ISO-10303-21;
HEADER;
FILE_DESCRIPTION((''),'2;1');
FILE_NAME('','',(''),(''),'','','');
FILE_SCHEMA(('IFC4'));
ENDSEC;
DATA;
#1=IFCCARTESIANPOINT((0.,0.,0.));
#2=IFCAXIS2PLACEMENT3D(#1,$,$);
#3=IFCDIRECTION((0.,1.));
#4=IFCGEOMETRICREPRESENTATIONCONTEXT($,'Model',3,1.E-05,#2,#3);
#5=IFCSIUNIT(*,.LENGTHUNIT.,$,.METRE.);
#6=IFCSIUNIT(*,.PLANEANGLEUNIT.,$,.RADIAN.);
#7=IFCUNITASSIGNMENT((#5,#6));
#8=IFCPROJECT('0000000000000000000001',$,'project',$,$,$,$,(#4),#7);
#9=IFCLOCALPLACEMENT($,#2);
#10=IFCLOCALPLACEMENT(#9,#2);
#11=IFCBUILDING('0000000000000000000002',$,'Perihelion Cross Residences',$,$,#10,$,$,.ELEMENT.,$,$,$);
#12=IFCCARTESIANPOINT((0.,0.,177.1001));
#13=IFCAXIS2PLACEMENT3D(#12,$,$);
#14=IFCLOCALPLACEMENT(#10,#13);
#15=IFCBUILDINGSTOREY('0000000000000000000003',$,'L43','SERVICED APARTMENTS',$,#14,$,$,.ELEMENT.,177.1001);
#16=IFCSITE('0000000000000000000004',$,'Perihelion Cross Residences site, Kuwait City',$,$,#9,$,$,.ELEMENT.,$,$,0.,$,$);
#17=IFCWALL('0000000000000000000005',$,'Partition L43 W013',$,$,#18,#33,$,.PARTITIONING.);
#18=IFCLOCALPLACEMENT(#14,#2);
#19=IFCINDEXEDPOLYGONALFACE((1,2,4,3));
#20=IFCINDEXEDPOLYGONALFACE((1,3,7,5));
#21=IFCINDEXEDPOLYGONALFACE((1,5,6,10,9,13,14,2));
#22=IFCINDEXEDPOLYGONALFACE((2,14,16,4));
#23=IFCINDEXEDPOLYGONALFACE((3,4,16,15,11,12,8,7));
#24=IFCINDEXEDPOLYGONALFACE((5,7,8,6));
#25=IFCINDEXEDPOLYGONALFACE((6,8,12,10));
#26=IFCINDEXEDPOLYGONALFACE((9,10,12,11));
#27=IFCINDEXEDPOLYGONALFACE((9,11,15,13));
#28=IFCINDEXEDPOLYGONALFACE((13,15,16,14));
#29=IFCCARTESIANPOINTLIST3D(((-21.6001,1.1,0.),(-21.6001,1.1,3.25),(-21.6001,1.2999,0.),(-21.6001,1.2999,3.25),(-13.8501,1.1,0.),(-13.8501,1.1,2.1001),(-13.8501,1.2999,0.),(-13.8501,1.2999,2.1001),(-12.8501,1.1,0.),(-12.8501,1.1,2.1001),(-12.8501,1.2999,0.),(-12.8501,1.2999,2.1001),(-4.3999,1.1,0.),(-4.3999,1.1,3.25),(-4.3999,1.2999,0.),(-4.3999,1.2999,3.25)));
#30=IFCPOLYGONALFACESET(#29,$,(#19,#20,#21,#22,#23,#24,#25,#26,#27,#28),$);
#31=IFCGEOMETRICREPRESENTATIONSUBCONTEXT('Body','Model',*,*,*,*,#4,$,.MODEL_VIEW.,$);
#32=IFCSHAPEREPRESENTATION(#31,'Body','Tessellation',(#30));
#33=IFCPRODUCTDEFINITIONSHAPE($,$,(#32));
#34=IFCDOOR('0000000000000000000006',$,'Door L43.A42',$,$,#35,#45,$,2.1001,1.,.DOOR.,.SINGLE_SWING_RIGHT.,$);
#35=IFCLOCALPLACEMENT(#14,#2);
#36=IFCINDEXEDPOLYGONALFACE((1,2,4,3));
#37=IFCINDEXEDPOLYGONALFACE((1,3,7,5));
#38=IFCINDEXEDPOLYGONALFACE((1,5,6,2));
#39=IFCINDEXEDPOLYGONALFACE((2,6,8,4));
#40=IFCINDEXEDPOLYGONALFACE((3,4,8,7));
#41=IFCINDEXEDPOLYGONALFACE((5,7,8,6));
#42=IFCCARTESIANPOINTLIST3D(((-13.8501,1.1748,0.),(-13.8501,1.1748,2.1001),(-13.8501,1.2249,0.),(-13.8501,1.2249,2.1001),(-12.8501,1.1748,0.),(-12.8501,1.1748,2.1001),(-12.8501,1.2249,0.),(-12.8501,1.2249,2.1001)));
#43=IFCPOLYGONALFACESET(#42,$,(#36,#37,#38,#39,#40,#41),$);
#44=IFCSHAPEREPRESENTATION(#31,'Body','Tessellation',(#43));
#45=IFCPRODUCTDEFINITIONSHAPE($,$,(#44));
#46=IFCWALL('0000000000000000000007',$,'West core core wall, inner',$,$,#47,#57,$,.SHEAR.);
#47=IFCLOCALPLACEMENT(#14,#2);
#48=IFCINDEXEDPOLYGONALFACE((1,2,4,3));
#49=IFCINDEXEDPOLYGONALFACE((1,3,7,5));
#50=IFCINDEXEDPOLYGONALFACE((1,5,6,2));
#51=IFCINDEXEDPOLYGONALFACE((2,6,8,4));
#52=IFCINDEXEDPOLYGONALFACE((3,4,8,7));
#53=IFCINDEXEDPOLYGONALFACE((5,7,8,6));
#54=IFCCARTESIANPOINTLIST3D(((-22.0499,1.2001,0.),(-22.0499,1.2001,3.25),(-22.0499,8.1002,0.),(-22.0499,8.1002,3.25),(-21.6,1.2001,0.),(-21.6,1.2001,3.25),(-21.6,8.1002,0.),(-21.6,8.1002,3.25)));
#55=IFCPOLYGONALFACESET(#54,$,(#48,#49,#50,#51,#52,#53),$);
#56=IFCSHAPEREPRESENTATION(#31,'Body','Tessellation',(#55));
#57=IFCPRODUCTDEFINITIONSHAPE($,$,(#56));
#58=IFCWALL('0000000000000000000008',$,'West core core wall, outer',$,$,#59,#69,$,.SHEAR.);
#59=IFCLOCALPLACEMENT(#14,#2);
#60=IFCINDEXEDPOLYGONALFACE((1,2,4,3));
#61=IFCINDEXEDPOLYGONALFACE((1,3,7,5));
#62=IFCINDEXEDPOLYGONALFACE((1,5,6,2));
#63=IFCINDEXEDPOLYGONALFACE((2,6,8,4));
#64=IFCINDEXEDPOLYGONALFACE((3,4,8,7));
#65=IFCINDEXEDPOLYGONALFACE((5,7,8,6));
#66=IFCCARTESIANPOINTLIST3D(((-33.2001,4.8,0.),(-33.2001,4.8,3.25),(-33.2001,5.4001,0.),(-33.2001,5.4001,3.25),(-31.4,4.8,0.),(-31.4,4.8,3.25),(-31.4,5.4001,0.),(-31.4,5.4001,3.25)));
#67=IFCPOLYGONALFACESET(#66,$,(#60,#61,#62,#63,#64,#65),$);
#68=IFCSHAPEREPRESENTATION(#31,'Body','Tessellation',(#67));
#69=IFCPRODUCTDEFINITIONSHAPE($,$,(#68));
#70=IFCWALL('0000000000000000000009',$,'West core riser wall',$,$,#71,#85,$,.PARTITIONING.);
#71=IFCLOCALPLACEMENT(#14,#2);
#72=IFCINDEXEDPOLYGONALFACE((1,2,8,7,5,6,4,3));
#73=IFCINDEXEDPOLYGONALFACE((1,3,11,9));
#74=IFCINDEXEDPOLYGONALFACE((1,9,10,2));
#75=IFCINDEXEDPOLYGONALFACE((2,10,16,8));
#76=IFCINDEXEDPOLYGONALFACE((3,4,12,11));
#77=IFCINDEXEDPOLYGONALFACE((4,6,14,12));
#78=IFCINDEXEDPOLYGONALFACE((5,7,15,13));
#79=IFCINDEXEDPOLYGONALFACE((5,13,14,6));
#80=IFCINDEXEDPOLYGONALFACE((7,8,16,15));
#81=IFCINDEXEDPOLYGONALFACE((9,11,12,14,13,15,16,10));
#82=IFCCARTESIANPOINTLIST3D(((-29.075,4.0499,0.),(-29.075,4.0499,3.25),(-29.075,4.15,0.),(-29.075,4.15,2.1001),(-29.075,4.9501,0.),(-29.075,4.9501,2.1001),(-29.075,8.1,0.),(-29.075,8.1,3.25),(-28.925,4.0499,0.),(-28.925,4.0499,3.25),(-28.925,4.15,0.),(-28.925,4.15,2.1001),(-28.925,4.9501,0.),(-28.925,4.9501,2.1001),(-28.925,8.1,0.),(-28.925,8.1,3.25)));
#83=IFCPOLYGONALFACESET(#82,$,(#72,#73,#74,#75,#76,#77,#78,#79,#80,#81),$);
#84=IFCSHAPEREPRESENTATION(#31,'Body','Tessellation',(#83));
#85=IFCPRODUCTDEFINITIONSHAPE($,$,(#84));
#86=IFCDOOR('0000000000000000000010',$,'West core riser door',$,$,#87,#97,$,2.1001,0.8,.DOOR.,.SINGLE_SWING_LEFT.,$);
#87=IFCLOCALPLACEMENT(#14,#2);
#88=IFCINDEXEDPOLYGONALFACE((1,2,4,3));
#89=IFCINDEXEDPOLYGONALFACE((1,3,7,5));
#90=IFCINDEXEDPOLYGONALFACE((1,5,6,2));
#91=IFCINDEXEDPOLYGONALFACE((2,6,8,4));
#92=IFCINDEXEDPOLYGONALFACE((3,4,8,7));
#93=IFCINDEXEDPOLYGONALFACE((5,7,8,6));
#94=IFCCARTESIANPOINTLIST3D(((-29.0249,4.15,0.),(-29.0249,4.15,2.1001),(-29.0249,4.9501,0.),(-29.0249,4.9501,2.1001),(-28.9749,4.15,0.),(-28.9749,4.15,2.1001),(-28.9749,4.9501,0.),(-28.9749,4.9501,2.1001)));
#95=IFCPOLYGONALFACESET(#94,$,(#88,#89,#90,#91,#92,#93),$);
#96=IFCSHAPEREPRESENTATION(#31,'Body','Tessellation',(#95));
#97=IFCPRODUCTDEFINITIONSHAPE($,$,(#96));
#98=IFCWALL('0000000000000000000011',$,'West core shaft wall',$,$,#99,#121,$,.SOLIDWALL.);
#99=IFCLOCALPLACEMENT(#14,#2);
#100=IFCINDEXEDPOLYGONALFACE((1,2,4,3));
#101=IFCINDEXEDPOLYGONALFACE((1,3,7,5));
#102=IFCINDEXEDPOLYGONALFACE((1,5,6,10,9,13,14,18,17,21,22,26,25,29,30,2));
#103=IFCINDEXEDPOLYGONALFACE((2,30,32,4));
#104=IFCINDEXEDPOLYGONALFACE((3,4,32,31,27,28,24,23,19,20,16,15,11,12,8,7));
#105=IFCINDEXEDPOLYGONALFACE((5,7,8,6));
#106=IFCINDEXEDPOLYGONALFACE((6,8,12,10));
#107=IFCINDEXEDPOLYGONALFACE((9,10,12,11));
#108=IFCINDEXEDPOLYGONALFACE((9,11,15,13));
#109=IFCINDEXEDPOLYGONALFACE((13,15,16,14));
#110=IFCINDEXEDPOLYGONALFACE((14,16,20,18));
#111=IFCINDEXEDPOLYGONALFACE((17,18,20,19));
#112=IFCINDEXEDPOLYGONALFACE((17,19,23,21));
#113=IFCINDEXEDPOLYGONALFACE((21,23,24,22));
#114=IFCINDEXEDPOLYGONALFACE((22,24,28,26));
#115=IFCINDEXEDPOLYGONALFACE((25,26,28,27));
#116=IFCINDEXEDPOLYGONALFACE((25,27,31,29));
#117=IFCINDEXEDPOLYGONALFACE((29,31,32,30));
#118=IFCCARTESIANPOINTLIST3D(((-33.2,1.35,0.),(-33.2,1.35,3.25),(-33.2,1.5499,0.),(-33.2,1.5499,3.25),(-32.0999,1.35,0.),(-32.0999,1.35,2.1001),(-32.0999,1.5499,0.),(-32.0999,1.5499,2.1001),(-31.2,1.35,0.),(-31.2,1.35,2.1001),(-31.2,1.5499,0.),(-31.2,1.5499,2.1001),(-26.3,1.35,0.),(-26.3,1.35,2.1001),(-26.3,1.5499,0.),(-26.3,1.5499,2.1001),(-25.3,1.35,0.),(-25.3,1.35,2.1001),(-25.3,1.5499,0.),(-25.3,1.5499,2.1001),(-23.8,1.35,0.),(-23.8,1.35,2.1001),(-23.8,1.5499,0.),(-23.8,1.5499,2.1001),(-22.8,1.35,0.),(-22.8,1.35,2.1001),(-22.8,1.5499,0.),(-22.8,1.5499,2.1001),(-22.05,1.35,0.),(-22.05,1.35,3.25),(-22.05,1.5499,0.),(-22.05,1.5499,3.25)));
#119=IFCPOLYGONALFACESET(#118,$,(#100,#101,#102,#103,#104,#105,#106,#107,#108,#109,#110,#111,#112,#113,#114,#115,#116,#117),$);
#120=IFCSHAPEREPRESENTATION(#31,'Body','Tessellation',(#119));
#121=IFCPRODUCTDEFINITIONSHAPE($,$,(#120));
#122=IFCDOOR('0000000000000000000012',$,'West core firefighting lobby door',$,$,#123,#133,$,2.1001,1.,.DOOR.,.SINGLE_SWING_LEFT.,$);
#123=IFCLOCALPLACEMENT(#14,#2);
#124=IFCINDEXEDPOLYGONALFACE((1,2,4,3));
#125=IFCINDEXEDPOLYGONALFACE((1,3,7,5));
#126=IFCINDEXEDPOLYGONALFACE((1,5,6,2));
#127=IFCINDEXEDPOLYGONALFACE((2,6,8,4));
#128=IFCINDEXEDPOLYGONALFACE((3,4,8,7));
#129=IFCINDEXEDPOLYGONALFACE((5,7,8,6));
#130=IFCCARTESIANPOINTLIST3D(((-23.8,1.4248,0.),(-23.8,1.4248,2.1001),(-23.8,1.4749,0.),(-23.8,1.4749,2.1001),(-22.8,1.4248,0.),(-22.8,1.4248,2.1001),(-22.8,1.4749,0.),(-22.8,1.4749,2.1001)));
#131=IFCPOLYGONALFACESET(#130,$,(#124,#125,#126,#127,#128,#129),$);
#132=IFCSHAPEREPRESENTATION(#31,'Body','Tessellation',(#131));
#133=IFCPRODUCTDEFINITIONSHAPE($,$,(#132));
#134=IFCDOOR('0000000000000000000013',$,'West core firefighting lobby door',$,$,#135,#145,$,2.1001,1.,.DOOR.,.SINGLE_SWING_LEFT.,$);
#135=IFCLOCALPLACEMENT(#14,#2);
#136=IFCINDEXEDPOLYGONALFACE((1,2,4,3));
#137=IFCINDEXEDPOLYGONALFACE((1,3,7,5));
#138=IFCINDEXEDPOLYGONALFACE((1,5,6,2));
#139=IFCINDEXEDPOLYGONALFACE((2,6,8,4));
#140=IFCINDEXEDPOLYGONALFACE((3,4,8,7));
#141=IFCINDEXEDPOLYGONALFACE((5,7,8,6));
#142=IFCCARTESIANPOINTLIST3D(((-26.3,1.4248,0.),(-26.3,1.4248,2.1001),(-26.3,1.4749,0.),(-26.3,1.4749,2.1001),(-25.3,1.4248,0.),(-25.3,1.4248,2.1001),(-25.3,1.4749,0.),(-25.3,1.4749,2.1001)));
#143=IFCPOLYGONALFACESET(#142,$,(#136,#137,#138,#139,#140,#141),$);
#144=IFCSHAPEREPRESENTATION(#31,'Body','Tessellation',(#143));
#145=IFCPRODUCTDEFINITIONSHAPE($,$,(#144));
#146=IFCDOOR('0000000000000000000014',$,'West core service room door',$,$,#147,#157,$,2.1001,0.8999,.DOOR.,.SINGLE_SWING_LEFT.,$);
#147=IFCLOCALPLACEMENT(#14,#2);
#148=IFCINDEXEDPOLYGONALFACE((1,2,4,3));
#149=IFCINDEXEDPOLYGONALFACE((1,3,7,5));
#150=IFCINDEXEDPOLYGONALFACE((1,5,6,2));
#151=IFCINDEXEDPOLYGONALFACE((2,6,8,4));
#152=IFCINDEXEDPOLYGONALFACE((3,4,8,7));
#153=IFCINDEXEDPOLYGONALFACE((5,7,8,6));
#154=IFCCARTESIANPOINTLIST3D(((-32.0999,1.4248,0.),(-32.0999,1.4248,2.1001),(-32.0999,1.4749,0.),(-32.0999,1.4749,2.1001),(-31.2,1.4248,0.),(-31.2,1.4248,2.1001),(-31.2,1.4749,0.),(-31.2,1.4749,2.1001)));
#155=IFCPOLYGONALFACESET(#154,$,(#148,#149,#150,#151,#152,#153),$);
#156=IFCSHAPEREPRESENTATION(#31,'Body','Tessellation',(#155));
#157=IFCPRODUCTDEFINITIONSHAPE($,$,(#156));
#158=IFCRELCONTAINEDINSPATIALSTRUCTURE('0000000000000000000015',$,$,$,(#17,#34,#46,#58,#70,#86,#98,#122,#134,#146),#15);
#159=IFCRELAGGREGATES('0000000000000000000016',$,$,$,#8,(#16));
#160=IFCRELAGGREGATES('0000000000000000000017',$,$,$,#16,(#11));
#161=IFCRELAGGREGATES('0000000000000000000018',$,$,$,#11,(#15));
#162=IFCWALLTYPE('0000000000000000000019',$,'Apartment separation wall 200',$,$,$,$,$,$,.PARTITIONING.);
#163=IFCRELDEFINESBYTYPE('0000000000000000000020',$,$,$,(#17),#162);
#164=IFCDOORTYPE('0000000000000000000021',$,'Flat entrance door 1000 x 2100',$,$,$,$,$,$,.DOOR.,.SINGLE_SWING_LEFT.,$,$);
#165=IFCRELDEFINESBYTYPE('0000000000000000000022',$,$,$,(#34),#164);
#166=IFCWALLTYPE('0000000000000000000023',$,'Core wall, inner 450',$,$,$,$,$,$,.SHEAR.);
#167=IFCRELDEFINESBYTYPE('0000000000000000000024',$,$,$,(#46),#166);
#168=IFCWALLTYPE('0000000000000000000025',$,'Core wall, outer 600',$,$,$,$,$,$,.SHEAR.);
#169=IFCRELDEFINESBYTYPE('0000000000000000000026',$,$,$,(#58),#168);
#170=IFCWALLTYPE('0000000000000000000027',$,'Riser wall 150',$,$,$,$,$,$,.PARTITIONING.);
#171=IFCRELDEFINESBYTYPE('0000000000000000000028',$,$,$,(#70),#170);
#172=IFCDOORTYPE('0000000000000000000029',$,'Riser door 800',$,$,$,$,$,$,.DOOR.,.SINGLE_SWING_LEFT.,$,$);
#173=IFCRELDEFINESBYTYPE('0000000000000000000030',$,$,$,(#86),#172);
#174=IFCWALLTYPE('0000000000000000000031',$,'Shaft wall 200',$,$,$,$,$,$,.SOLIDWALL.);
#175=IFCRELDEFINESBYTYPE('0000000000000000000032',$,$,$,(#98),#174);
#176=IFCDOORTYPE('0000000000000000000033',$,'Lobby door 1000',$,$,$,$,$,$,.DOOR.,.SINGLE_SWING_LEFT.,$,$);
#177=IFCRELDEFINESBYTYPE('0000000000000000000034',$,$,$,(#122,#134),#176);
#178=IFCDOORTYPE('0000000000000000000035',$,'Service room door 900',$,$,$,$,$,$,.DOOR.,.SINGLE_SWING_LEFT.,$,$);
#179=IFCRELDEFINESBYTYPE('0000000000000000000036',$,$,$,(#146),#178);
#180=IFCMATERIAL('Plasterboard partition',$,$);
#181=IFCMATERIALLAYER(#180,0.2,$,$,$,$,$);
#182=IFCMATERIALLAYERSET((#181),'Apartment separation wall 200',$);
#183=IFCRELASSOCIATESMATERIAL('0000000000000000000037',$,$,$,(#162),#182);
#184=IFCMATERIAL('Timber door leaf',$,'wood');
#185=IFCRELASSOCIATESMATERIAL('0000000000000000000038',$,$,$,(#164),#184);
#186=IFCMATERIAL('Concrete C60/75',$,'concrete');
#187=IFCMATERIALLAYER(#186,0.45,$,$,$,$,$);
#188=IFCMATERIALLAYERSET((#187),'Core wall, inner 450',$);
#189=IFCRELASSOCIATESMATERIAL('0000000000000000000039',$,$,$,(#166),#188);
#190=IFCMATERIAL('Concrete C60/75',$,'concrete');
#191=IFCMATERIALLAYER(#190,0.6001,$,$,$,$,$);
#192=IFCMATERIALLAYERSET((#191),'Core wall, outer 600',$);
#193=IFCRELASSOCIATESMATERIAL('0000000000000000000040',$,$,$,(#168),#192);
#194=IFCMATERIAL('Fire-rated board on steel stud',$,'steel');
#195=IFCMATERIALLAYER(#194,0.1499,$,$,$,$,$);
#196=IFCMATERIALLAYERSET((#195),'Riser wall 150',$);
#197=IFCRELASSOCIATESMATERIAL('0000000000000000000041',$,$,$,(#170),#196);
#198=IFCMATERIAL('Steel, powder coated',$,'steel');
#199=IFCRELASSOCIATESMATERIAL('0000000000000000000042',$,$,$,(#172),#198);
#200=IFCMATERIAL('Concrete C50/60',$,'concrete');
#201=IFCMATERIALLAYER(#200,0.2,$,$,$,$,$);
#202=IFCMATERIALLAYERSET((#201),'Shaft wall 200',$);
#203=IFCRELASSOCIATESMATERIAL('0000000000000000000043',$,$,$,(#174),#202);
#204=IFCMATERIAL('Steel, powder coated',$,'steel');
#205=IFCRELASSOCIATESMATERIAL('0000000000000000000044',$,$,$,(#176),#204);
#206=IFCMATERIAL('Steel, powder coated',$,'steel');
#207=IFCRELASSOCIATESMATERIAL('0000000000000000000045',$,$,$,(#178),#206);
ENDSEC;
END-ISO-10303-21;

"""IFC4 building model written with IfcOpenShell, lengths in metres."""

from ifc_helpers import new_model, si_unit, direction, frame, frame_2d, origin, place, context, subcontext, project, spatial, rectangle, extrude, material, layer, layer_set, type_object, element, fill, save


model = new_model("IFC4")

# Units and contexts
model_context = context("Model", 3, precision=1e-05, world=origin(), true_north=direction((0.0, 1.0)))
body_context = subcontext(model_context, "Body", "Model", "MODEL_VIEW")
ifc_project = project(units=[si_unit("LENGTHUNIT", "METRE"), si_unit("PLANEANGLEUNIT", "RADIAN")], contexts=[model_context])

# Site, building, storey
site_placement = place(None, origin())
site = spatial("IfcSite", under=ifc_project, at=site_placement, Name="Perihelion Cross Residences site, Kuwait City", CompositionType="ELEMENT", RefElevation=0.0)
building_placement = place(site_placement, origin())
building = spatial("IfcBuilding", under=site, at=building_placement, Name="Perihelion Cross Residences", CompositionType="ELEMENT")
storey_placement = place(building_placement, frame((0.0, 0.0, 177.1001)))
storey = spatial("IfcBuildingStorey", under=building, at=storey_placement, Name="L43", Description="SERVICED APARTMENTS", CompositionType="ELEMENT", Elevation=177.1001)

# Wall, opening, door
ifc_material_1 = material(Name="Plasterboard partition")
ifc_layer_1 = layer(ifc_material_1, 0.2)
ifc_layer_set_1 = layer_set([ifc_layer_1], Name="Apartment separation wall 200")
wall_type_1 = type_object("IfcWallType", Name="Apartment separation wall 200", PredefinedType="PARTITIONING", material=ifc_layer_set_1)
wall_1_placement = place(storey_placement, frame((-21.6001, 1.2, 0.0), z_axis=(0.0, 0.0, 1.0), x_axis=(1.0, 0.0, 0.0)))
wall_1 = element("IfcWall", 1, at=wall_1_placement, inside=storey, type_object=wall_type_1, Name="Partition L43 W013", PredefinedType="PARTITIONING", context=body_context, shape_type="SweptSolid", body=[
    extrude(rectangle(XDim=17.2002, YDim=0.2, at=frame_2d((8.6001, 0.0))), origin(), (0.0, 0.0, 1.0), 3.25),
])
opening_1_placement = place(wall_1_placement, frame((7.75, 0.0, 0.0)))
opening_1 = element("IfcOpeningElement", 2, at=opening_1_placement, cuts=wall_1, PredefinedType="OPENING", context=body_context, shape_type="SweptSolid", body=[
    extrude(rectangle(XDim=1.0, YDim=2.1001, at=frame_2d((0.5, 1.05))), frame((0.0, 0.1099, 0.0), z_axis=(0.0, -1.0, 0.0), x_axis=(1.0, 0.0, 0.0)), (0.0, 0.0, 1.0), 0.22),
])
ifc_material_2 = material(Name="Timber door leaf", Category="wood")
door_type_1 = type_object("IfcDoorType", Name="Flat entrance door 1000 x 2100", OperationType="SINGLE_SWING_LEFT", PredefinedType="DOOR", material=ifc_material_2)
door_1_placement = place(opening_1_placement, origin())
door_1 = element("IfcDoor", 3, at=door_1_placement, inside=storey, type_object=door_type_1, Name="Door L43.A42", OperationType="SINGLE_SWING_RIGHT", OverallHeight=2.1001, OverallWidth=1.0, PredefinedType="DOOR", context=body_context, shape_type="SweptSolid", body=[
    extrude(rectangle(XDim=1.0, YDim=2.1001, at=frame_2d((0.5, 1.05))), frame((0.0, 0.0249, 0.0), z_axis=(0.0, -1.0, 0.0), x_axis=(1.0, 0.0, 0.0)), (0.0, 0.0, 1.0), 0.05),
])
fill(opening_1, door_1)

# Walls
ifc_material_3 = material(Name="Concrete C60/75", Category="concrete")
ifc_layer_2 = layer(ifc_material_3, 0.45)
ifc_layer_set_2 = layer_set([ifc_layer_2], Name="Core wall, inner 450")
wall_type_2 = type_object("IfcWallType", Name="Core wall, inner 450", PredefinedType="SHEAR", material=ifc_layer_set_2)
wall_2_placement = place(storey_placement, frame((-21.825, 1.2, 0.0), z_axis=(0.0, 0.0, 1.0), x_axis=(0.0, 1.0, 0.0)))
element("IfcWall", 4, at=wall_2_placement, inside=storey, type_object=wall_type_2, Name="West core core wall, inner", PredefinedType="SHEAR", context=body_context, shape_type="SweptSolid", body=[
    extrude(rectangle(XDim=6.9001, YDim=0.45, at=frame_2d((3.4502, 0.0))), origin(), (0.0, 0.0, 1.0), 3.25),
])
ifc_material_4 = material(Name="Concrete C60/75", Category="concrete")
ifc_layer_3 = layer(ifc_material_4, 0.6001)
ifc_layer_set_3 = layer_set([ifc_layer_3], Name="Core wall, outer 600")
wall_type_3 = type_object("IfcWallType", Name="Core wall, outer 600", PredefinedType="SHEAR", material=ifc_layer_set_3)
wall_3_placement = place(storey_placement, frame((-33.2, 5.1001, 0.0), z_axis=(0.0, 0.0, 1.0), x_axis=(1.0, 0.0, 0.0)))
element("IfcWall", 5, at=wall_3_placement, inside=storey, type_object=wall_type_3, Name="West core core wall, outer", PredefinedType="SHEAR", context=body_context, shape_type="SweptSolid", body=[
    extrude(rectangle(XDim=1.8, YDim=0.6001, at=frame_2d((0.8999, 0.0))), origin(), (0.0, 0.0, 1.0), 3.25),
])

# Wall, opening, door
ifc_material_5 = material(Name="Fire-rated board on steel stud", Category="steel")
ifc_layer_4 = layer(ifc_material_5, 0.1499)
ifc_layer_set_4 = layer_set([ifc_layer_4], Name="Riser wall 150")
wall_type_4 = type_object("IfcWallType", Name="Riser wall 150", PredefinedType="PARTITIONING", material=ifc_layer_set_4)
wall_4_placement = place(storey_placement, frame((-29.0, 4.05, 0.0), z_axis=(0.0, 0.0, 1.0), x_axis=(0.0, 1.0, 0.0)))
wall_4 = element("IfcWall", 6, at=wall_4_placement, inside=storey, type_object=wall_type_4, Name="West core riser wall", PredefinedType="PARTITIONING", context=body_context, shape_type="SweptSolid", body=[
    extrude(rectangle(XDim=4.05, YDim=0.1499, at=frame_2d((2.0249, 0.0))), origin(), (0.0, 0.0, 1.0), 3.25),
])
opening_2_placement = place(wall_4_placement, frame((0.1001, 0.0, 0.0)))
opening_2 = element("IfcOpeningElement", 7, at=opening_2_placement, cuts=wall_4, PredefinedType="OPENING", context=body_context, shape_type="SweptSolid", body=[
    extrude(rectangle(XDim=0.8, YDim=2.1001, at=frame_2d((0.3999, 1.05))), frame((0.0, 0.085, 0.0), z_axis=(0.0, -1.0, 0.0), x_axis=(1.0, 0.0, 0.0)), (0.0, 0.0, 1.0), 0.1699),
])
ifc_material_6 = material(Name="Steel, powder coated", Category="steel")
door_type_2 = type_object("IfcDoorType", Name="Riser door 800", OperationType="SINGLE_SWING_LEFT", PredefinedType="DOOR", material=ifc_material_6)
door_2_placement = place(opening_2_placement, origin())
door_2 = element("IfcDoor", 8, at=door_2_placement, inside=storey, type_object=door_type_2, Name="West core riser door", OperationType="SINGLE_SWING_LEFT", OverallHeight=2.1001, OverallWidth=0.8, PredefinedType="DOOR", context=body_context, shape_type="SweptSolid", body=[
    extrude(rectangle(XDim=0.8, YDim=2.1001, at=frame_2d((0.3999, 1.05))), frame((0.0, 0.0249, 0.0), z_axis=(0.0, -1.0, 0.0), x_axis=(1.0, 0.0, 0.0)), (0.0, 0.0, 1.0), 0.05),
])
fill(opening_2, door_2)

# Wall, openings, doors
ifc_material_7 = material(Name="Concrete C50/60", Category="concrete")
ifc_layer_5 = layer(ifc_material_7, 0.2)
ifc_layer_set_5 = layer_set([ifc_layer_5], Name="Shaft wall 200")
wall_type_5 = type_object("IfcWallType", Name="Shaft wall 200", PredefinedType="SOLIDWALL", material=ifc_layer_set_5)
wall_5_placement = place(storey_placement, frame((-33.2, 1.45, 0.0), z_axis=(0.0, 0.0, 1.0), x_axis=(1.0, 0.0, 0.0)))
wall_5 = element("IfcWall", 9, at=wall_5_placement, inside=storey, type_object=wall_type_5, Name="West core shaft wall", PredefinedType="SOLIDWALL", context=body_context, shape_type="SweptSolid", body=[
    extrude(rectangle(XDim=11.1499, YDim=0.2, at=frame_2d((5.575, 0.0))), origin(), (0.0, 0.0, 1.0), 3.25),
])
opening_3_placement = place(wall_5_placement, frame((9.3999, 0.0, 0.0)))
opening_3 = element("IfcOpeningElement", 10, at=opening_3_placement, cuts=wall_5, PredefinedType="OPENING", context=body_context, shape_type="SweptSolid", body=[
    extrude(rectangle(XDim=1.0, YDim=2.1001, at=frame_2d((0.5, 1.05))), frame((0.0, 0.1099, 0.0), z_axis=(0.0, -1.0, 0.0), x_axis=(1.0, 0.0, 0.0)), (0.0, 0.0, 1.0), 0.22),
])
opening_4_placement = place(wall_5_placement, frame((6.8999, 0.0, 0.0)))
opening_4 = element("IfcOpeningElement", 11, at=opening_4_placement, cuts=wall_5, PredefinedType="OPENING", context=body_context, shape_type="SweptSolid", body=[
    extrude(rectangle(XDim=1.0, YDim=2.1001, at=frame_2d((0.5, 1.05))), frame((0.0, 0.1099, 0.0), z_axis=(0.0, -1.0, 0.0), x_axis=(1.0, 0.0, 0.0)), (0.0, 0.0, 1.0), 0.22),
])
opening_5_placement = place(wall_5_placement, frame((1.1001, 0.0, 0.0)))
opening_5 = element("IfcOpeningElement", 12, at=opening_5_placement, cuts=wall_5, PredefinedType="OPENING", context=body_context, shape_type="SweptSolid", body=[
    extrude(rectangle(XDim=0.8999, YDim=2.1001, at=frame_2d((0.45, 1.05))), frame((0.0, 0.1099, 0.0), z_axis=(0.0, -1.0, 0.0), x_axis=(1.0, 0.0, 0.0)), (0.0, 0.0, 1.0), 0.22),
])
ifc_material_8 = material(Name="Steel, powder coated", Category="steel")
door_type_3 = type_object("IfcDoorType", Name="Lobby door 1000", OperationType="SINGLE_SWING_LEFT", PredefinedType="DOOR", material=ifc_material_8)
door_3_placement = place(opening_3_placement, origin())
door_3 = element("IfcDoor", 13, at=door_3_placement, inside=storey, type_object=door_type_3, Name="West core firefighting lobby door", OperationType="SINGLE_SWING_LEFT", OverallHeight=2.1001, OverallWidth=1.0, PredefinedType="DOOR", context=body_context, shape_type="SweptSolid", body=[
    extrude(rectangle(XDim=1.0, YDim=2.1001, at=frame_2d((0.5, 1.05))), frame((0.0, 0.0249, 0.0), z_axis=(0.0, -1.0, 0.0), x_axis=(1.0, 0.0, 0.0)), (0.0, 0.0, 1.0), 0.05),
])
fill(opening_3, door_3)
door_4_placement = place(opening_4_placement, origin())
door_4 = element("IfcDoor", 14, at=door_4_placement, inside=storey, type_object=door_type_3, Name="West core firefighting lobby door", OperationType="SINGLE_SWING_LEFT", OverallHeight=2.1001, OverallWidth=1.0, PredefinedType="DOOR", context=body_context, shape_type="SweptSolid", body=[
    extrude(rectangle(XDim=1.0, YDim=2.1001, at=frame_2d((0.5, 1.05))), frame((0.0, 0.0249, 0.0), z_axis=(0.0, -1.0, 0.0), x_axis=(1.0, 0.0, 0.0)), (0.0, 0.0, 1.0), 0.05),
])
fill(opening_4, door_4)
ifc_material_9 = material(Name="Steel, powder coated", Category="steel")
door_type_4 = type_object("IfcDoorType", Name="Service room door 900", OperationType="SINGLE_SWING_LEFT", PredefinedType="DOOR", material=ifc_material_9)
door_5_placement = place(opening_5_placement, origin())
door_5 = element("IfcDoor", 15, at=door_5_placement, inside=storey, type_object=door_type_4, Name="West core service room door", OperationType="SINGLE_SWING_LEFT", OverallHeight=2.1001, OverallWidth=0.8999, PredefinedType="DOOR", context=body_context, shape_type="SweptSolid", body=[
    extrude(rectangle(XDim=0.8999, YDim=2.1001, at=frame_2d((0.45, 1.05))), frame((0.0, 0.0249, 0.0), z_axis=(0.0, -1.0, 0.0), x_axis=(1.0, 0.0, 0.0)), (0.0, 0.0, 1.0), 0.05),
])
fill(opening_5, door_5)

save(model, "model.ifc")
